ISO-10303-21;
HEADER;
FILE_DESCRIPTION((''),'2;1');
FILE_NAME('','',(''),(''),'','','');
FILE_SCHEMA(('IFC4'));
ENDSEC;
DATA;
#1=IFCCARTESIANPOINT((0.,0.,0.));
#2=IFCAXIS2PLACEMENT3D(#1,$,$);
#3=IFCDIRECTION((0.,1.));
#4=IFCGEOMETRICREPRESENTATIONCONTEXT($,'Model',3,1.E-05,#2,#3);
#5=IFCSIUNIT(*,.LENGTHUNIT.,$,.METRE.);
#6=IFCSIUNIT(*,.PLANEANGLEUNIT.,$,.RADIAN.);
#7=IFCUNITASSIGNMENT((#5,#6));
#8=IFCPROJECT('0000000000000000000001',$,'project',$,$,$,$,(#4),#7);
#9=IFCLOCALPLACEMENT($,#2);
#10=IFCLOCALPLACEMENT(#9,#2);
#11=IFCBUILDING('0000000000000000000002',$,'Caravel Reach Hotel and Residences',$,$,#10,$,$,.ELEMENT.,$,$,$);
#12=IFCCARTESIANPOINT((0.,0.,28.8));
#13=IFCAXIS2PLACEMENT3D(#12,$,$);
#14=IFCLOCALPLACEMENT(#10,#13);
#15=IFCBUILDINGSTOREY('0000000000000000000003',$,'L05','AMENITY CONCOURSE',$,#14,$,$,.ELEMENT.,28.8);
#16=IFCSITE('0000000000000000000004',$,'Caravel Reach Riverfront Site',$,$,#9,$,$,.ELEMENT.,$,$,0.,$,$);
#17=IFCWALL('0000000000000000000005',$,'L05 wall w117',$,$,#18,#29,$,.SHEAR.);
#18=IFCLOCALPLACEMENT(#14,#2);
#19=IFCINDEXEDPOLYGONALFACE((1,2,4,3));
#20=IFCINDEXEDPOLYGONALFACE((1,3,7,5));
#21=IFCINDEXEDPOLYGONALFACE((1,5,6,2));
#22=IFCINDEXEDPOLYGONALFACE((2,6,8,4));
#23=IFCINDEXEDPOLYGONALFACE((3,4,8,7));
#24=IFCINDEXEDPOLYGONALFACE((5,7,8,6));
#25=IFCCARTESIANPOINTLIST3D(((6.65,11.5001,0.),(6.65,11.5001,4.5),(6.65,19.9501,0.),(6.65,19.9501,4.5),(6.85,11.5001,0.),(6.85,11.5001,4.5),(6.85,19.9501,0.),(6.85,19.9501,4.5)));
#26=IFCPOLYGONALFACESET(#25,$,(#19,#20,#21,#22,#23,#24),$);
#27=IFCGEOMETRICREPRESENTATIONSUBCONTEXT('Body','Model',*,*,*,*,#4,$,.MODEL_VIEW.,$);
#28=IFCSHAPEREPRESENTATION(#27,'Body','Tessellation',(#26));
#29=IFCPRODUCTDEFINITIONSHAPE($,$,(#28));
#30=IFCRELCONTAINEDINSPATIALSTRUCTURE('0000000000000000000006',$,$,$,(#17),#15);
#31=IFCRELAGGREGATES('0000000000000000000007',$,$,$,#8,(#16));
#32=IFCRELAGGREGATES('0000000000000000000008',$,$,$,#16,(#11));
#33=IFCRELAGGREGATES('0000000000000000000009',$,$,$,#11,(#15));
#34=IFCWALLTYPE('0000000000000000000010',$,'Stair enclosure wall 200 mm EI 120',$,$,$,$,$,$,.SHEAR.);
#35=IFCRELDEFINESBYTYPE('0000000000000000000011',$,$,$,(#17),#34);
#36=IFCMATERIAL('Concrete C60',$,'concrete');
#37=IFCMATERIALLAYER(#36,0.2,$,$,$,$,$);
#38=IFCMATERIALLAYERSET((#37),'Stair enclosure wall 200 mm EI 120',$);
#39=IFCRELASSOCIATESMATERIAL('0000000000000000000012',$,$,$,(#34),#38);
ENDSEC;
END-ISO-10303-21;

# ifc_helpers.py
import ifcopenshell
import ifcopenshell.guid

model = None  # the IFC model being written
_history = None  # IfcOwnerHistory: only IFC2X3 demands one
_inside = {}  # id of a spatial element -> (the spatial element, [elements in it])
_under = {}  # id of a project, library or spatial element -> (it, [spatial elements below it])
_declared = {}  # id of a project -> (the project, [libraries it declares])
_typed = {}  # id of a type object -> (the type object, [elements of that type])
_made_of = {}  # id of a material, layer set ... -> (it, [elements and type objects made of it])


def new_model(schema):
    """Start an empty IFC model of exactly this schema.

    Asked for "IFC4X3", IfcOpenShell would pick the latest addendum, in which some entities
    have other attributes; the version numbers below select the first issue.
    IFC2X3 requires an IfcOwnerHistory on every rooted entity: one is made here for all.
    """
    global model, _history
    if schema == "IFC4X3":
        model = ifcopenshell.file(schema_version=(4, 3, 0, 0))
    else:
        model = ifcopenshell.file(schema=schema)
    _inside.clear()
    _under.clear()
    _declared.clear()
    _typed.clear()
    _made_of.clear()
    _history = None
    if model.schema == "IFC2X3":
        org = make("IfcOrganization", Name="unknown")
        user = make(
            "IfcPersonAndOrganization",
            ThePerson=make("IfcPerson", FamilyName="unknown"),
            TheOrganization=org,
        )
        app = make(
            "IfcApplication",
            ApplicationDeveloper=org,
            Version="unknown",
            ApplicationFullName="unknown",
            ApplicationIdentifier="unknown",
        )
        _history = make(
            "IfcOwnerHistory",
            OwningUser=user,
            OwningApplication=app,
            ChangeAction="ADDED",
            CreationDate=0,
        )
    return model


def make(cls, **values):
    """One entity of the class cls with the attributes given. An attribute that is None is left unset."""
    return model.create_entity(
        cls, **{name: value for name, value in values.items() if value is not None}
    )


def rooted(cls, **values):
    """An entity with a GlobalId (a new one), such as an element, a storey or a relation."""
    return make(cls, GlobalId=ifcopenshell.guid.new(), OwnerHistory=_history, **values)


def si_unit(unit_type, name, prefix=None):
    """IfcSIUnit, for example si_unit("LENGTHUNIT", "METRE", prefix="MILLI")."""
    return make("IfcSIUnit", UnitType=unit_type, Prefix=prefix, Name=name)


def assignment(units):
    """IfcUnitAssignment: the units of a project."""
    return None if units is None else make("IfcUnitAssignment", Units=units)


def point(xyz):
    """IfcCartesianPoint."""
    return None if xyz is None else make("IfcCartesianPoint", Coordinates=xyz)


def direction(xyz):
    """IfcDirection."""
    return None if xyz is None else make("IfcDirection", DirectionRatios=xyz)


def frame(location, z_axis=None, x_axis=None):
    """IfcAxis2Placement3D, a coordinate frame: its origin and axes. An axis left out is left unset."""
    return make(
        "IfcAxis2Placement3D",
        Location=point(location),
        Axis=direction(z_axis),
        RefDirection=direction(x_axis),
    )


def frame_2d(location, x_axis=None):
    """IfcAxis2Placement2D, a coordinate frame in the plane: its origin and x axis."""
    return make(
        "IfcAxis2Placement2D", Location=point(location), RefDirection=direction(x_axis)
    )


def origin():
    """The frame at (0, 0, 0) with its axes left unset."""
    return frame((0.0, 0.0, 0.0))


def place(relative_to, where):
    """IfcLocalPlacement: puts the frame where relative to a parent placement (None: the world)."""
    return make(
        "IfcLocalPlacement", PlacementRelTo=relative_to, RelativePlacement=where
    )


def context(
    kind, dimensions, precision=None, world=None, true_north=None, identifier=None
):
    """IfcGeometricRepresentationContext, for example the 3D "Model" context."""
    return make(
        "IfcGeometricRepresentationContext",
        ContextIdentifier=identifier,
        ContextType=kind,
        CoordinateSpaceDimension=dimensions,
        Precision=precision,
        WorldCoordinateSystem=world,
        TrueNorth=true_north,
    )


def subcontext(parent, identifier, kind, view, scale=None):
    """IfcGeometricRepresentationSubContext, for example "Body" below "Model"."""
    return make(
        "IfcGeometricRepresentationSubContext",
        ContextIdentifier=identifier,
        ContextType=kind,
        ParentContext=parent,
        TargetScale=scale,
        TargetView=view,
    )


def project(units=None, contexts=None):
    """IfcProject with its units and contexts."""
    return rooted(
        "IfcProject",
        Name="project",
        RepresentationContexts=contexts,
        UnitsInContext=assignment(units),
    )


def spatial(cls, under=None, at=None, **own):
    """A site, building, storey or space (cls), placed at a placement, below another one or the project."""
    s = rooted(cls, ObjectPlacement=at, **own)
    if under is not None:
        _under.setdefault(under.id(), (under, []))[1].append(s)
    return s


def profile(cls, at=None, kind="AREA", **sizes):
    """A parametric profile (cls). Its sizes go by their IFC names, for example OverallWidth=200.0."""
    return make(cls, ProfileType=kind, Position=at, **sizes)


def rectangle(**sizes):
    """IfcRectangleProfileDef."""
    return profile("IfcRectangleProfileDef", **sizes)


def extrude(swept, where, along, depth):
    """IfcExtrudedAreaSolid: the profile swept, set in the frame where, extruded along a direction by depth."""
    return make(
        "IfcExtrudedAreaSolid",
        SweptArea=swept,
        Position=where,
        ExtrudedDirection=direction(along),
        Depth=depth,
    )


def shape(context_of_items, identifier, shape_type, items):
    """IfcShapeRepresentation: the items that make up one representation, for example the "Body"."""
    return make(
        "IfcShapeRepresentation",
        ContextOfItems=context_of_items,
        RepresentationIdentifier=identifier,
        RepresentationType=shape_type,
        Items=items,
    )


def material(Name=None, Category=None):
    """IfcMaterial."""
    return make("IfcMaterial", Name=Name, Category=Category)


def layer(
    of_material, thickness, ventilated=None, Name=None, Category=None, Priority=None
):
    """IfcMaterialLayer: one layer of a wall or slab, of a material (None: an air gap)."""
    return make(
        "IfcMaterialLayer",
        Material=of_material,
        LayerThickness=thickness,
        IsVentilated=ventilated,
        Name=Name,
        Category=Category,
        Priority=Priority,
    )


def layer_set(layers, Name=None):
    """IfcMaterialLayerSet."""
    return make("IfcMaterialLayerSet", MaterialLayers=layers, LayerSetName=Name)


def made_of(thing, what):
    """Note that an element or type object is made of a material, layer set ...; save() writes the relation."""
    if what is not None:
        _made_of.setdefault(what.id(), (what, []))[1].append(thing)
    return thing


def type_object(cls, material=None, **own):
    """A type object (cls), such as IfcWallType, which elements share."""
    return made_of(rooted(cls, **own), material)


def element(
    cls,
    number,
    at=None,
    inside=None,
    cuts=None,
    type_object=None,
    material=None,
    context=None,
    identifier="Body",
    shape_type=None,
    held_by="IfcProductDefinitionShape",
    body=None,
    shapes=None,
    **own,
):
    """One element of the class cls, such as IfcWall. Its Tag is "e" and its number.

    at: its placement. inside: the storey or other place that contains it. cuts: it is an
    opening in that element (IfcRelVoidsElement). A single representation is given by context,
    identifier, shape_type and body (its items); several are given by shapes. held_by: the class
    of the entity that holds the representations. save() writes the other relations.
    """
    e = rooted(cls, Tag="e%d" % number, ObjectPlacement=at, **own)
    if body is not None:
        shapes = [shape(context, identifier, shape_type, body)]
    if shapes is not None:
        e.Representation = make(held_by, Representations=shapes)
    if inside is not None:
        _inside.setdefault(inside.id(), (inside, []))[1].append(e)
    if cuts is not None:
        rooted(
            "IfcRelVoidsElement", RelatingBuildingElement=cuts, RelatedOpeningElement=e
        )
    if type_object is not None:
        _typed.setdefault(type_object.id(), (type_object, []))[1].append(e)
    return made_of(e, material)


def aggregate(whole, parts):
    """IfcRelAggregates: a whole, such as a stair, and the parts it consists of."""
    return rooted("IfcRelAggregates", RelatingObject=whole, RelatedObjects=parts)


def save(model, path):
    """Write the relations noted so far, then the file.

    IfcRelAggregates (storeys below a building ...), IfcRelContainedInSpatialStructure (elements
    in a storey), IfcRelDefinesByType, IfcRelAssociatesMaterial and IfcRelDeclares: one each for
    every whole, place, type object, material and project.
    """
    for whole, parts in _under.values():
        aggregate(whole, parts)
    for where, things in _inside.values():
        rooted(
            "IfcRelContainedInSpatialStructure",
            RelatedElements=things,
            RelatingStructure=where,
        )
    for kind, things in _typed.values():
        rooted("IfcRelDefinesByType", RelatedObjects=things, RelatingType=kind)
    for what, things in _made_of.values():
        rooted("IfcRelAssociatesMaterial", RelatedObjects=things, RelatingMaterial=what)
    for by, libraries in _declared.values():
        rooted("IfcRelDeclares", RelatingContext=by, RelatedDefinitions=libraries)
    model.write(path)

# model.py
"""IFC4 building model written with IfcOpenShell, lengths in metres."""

from ifc_helpers import new_model, si_unit, direction, frame, frame_2d, origin, place, context, subcontext, project, spatial, rectangle, extrude, material, layer, layer_set, type_object, element, save


model = new_model("IFC4")

# Units and contexts
model_context = context("Model", 3, precision=1e-05, world=origin(), true_north=direction((0.0, 1.0)))
body_context = subcontext(model_context, "Body", "Model", "MODEL_VIEW")
ifc_project = project(units=[si_unit("LENGTHUNIT", "METRE"), si_unit("PLANEANGLEUNIT", "RADIAN")], contexts=[model_context])

# Site, building, storey
site_placement = place(None, origin())
site = spatial("IfcSite", under=ifc_project, at=site_placement, Name="Caravel Reach Riverfront Site", CompositionType="ELEMENT", RefElevation=0.0)
building_placement = place(site_placement, origin())
building = spatial("IfcBuilding", under=site, at=building_placement, Name="Caravel Reach Hotel and Residences", CompositionType="ELEMENT")
storey_placement = place(building_placement, frame((0.0, 0.0, 28.8)))
storey = spatial("IfcBuildingStorey", under=building, at=storey_placement, Name="L05", Description="AMENITY CONCOURSE", CompositionType="ELEMENT", Elevation=28.8)

# Shared definitions
ifc_material_1 = material(Name="Concrete C60", Category="concrete")
ifc_layer_1 = layer(ifc_material_1, 0.2)
ifc_layer_set_1 = layer_set([ifc_layer_1], Name="Stair enclosure wall 200 mm EI 120")
wall_type_1 = type_object("IfcWallType", Name="Stair enclosure wall 200 mm EI 120", PredefinedType="SHEAR", material=ifc_layer_set_1)

# Wall
wall_1_placement = place(storey_placement, frame((6.75, 11.5, 0.0), z_axis=(0.0, 0.0, 1.0), x_axis=(0.0, 1.0, 0.0)))
element("IfcWall", 1, at=wall_1_placement, inside=storey, type_object=wall_type_1, Name="L05 wall w117", PredefinedType="SHEAR", context=body_context, shape_type="SweptSolid", body=[
    extrude(rectangle(XDim=8.45, YDim=0.2, at=frame_2d((4.2251, 0.0))), origin(), (0.0, 0.0, 1.0), 4.5),
])

save(model, "model.ifc")
